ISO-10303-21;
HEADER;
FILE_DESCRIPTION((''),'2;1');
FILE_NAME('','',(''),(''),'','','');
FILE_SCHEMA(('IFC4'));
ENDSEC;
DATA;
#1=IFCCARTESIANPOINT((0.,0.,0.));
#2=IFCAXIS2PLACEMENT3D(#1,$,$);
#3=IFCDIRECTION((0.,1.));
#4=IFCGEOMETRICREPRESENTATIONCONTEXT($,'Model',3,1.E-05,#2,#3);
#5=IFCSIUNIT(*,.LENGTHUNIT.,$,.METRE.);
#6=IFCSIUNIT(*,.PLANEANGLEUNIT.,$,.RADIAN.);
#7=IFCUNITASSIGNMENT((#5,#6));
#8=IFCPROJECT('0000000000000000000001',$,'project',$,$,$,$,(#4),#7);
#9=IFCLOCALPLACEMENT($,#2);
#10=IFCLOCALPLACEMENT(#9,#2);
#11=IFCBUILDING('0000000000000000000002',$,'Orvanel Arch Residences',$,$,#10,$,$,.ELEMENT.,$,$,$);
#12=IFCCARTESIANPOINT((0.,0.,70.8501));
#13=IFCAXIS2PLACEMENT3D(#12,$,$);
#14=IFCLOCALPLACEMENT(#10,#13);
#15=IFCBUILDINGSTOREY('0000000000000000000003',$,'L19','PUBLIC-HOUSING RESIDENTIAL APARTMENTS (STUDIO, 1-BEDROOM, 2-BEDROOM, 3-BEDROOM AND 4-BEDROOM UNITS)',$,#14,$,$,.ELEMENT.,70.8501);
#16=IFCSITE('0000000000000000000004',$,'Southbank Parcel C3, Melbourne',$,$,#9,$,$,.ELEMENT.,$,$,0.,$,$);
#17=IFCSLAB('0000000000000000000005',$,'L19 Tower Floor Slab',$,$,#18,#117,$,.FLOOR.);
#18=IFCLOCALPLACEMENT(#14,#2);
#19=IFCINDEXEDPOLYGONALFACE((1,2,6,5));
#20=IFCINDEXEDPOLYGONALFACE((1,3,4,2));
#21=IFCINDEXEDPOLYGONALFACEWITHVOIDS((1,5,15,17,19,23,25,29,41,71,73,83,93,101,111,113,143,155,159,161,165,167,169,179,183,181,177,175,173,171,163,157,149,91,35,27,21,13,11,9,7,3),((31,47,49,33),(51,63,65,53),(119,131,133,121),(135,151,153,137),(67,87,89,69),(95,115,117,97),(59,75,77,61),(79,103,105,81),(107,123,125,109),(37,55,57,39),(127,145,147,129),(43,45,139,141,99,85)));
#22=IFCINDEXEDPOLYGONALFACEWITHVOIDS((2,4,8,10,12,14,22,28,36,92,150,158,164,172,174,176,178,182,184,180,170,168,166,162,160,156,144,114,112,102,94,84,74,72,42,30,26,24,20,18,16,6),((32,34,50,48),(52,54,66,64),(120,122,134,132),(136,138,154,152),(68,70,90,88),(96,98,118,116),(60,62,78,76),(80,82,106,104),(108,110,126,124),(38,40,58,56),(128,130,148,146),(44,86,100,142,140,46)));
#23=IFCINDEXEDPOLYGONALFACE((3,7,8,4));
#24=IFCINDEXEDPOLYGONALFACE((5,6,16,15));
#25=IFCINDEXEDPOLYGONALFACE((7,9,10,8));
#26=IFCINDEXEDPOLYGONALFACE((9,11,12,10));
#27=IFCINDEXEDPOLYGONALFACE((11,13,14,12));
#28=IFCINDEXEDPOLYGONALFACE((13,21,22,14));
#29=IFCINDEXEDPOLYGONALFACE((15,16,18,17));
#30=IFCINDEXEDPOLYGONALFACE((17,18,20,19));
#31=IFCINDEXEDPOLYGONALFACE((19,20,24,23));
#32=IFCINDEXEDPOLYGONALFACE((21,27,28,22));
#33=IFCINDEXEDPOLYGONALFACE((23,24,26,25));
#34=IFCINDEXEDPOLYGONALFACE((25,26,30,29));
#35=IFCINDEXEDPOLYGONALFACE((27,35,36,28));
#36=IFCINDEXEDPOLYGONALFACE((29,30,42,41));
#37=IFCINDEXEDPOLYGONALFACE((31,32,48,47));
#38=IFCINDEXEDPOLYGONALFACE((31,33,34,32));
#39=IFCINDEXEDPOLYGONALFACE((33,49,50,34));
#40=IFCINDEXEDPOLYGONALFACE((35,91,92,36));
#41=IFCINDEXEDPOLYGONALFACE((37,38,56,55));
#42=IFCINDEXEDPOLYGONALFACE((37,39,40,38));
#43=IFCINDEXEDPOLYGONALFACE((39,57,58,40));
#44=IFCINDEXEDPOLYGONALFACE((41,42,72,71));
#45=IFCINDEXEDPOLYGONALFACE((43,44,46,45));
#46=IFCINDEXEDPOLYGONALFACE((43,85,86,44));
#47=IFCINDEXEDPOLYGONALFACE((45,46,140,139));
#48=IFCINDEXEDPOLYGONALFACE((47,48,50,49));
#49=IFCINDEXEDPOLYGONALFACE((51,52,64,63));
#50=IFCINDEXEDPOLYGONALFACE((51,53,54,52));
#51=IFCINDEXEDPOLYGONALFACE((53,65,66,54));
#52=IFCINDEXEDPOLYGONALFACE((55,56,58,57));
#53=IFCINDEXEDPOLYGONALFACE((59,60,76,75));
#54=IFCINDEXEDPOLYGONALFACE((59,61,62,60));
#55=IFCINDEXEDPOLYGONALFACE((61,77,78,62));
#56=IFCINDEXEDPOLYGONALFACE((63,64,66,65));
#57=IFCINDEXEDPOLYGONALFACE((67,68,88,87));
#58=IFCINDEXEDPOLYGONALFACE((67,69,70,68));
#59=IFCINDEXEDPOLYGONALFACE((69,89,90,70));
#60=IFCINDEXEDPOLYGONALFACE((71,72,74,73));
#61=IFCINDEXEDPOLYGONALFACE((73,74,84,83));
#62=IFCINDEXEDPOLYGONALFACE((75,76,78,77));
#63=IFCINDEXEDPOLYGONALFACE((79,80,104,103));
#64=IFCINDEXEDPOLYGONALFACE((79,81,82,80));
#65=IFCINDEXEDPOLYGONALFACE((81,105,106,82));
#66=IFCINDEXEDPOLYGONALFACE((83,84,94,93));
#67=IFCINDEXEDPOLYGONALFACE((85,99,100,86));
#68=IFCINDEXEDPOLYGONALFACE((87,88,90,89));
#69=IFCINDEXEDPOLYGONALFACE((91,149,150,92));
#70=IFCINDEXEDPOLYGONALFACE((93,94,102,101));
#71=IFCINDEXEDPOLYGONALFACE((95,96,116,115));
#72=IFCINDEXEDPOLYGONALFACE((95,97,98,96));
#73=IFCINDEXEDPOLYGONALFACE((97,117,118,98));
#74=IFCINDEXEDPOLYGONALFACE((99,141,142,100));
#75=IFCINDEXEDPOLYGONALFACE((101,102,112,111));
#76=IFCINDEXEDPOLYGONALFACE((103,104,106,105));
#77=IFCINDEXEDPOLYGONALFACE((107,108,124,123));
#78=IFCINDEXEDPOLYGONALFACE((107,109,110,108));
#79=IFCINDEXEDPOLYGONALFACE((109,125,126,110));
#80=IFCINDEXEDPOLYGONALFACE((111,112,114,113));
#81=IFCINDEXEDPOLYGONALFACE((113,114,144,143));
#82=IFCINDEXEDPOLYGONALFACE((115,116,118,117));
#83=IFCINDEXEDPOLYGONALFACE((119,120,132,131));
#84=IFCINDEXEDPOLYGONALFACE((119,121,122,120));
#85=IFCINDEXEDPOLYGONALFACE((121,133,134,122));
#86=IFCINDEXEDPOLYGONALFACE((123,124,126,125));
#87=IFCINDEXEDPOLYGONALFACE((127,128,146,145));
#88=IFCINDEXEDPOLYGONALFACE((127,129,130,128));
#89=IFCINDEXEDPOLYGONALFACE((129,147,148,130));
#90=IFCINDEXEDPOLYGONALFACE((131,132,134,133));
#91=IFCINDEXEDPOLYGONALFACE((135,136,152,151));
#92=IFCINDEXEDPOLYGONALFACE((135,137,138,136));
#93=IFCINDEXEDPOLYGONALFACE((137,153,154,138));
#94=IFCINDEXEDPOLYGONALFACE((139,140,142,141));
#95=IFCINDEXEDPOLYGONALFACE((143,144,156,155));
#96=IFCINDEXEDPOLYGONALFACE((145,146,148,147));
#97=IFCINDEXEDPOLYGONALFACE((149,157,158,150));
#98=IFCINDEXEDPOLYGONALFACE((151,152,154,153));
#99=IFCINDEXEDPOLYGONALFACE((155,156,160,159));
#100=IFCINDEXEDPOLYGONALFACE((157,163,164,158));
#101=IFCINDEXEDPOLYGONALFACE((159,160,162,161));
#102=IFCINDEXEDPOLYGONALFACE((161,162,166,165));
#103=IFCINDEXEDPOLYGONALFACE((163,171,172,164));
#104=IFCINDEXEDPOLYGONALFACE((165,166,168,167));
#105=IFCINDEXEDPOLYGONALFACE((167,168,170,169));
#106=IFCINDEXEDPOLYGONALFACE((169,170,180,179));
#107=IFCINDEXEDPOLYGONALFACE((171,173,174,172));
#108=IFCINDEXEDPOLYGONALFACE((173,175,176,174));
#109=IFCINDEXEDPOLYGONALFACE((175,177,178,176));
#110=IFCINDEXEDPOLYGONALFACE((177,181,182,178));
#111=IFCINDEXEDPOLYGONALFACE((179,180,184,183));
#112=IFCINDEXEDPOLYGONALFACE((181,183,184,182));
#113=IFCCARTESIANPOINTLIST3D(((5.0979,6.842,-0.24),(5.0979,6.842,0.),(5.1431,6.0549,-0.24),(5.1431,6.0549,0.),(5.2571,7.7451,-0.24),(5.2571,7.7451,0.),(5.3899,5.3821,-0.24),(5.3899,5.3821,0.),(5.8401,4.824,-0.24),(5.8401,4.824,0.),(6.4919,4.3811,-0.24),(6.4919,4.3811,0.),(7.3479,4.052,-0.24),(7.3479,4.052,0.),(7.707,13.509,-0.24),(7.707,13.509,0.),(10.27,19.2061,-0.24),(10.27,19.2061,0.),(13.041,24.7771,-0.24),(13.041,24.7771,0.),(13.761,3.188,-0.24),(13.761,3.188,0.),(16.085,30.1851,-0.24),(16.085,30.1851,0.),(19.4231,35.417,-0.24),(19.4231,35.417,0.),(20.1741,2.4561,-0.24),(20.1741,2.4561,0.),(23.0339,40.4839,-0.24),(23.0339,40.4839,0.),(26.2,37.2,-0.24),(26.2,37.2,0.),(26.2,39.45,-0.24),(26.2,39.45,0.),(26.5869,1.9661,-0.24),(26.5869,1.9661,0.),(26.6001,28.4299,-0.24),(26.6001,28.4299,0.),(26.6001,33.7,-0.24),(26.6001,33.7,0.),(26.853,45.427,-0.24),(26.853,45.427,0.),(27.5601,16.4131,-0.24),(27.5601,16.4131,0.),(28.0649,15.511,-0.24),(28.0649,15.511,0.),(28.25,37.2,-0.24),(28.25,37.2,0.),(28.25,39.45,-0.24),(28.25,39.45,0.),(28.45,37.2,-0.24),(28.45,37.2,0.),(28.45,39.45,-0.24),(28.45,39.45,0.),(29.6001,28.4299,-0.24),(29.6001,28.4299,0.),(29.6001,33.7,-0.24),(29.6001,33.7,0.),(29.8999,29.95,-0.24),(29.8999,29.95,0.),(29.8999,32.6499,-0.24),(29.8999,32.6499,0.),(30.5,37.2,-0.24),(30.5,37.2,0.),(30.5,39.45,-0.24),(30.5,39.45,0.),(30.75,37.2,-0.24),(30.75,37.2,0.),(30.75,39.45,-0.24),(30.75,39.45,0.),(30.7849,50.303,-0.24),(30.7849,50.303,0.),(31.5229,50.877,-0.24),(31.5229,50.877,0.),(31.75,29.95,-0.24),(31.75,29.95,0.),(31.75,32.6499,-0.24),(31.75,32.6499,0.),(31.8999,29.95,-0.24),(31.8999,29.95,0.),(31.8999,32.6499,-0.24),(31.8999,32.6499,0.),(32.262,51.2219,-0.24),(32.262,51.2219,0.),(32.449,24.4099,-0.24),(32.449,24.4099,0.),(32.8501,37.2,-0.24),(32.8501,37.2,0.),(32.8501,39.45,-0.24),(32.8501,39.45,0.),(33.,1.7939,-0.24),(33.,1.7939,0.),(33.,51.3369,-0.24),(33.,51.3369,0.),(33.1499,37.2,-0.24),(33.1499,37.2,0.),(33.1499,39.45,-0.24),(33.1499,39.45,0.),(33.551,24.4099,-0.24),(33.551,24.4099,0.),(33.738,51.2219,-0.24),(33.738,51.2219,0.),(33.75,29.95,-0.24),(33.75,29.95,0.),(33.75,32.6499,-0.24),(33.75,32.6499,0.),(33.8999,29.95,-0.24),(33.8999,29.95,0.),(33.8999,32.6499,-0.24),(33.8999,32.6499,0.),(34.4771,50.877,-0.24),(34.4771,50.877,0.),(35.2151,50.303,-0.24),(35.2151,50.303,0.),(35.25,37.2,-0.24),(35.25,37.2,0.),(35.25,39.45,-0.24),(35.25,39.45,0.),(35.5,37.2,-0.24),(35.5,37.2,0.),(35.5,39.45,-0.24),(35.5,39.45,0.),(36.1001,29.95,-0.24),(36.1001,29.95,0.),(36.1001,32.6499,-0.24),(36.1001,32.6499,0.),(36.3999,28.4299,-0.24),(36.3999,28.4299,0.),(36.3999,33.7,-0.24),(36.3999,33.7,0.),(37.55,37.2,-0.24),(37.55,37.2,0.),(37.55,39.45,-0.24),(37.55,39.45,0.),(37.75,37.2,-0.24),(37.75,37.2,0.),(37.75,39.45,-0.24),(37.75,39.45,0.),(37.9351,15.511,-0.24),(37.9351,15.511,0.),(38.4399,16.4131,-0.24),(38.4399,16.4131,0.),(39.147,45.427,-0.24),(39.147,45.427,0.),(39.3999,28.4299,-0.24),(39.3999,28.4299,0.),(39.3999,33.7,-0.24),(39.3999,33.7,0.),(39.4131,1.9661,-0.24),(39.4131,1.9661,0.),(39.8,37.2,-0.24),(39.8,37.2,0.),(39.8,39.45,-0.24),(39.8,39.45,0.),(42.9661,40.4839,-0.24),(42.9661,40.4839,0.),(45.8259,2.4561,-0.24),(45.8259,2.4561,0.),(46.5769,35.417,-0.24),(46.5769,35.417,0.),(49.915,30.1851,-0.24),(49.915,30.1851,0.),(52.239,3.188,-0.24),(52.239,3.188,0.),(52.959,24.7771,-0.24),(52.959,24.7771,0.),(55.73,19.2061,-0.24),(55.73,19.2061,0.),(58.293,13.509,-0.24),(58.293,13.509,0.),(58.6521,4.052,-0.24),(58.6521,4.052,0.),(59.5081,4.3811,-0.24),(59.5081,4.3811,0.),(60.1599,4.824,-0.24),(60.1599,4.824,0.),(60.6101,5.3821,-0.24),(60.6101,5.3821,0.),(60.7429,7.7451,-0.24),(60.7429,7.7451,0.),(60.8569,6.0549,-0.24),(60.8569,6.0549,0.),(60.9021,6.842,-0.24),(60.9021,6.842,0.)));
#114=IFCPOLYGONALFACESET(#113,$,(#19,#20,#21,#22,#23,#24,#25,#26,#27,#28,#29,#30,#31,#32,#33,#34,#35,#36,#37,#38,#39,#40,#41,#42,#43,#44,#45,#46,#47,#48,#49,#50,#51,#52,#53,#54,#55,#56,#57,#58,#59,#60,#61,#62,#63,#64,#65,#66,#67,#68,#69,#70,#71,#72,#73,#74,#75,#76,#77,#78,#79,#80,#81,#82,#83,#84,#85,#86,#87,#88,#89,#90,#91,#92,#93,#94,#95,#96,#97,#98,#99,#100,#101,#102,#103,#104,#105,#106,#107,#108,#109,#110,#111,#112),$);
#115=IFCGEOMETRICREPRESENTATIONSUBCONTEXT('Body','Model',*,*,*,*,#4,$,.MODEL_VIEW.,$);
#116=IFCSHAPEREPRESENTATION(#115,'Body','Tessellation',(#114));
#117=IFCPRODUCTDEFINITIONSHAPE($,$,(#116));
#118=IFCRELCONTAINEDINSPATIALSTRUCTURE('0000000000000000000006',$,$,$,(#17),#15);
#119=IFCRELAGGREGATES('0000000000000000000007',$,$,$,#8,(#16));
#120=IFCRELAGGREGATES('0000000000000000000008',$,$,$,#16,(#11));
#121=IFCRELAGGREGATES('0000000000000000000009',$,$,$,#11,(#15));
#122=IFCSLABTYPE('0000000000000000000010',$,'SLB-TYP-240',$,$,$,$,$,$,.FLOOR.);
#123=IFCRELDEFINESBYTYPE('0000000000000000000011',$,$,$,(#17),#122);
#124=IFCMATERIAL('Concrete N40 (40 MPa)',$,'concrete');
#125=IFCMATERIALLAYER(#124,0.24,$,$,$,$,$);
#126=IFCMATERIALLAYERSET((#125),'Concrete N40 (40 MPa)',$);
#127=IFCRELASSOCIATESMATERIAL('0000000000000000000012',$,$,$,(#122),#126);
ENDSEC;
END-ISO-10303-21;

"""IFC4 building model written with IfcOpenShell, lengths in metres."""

from ifc_helpers import new_model, si_unit, direction, frame, origin, place, context, subcontext, project, spatial, polyline, outline, extrude, material, layer, layer_set, type_object, element, save


model = new_model("IFC4")

# Units and contexts
model_context = context("Model", 3, precision=1e-05, world=origin(), true_north=direction((0.0, 1.0)))
body_context = subcontext(model_context, "Body", "Model", "MODEL_VIEW")
ifc_project = project(units=[si_unit("LENGTHUNIT", "METRE"), si_unit("PLANEANGLEUNIT", "RADIAN")], contexts=[model_context])

# Site, building, storey
site_placement = place(None, origin())
site = spatial("IfcSite", under=ifc_project, at=site_placement, Name="Southbank Parcel C3, Melbourne", CompositionType="ELEMENT", RefElevation=0.0)
building_placement = place(site_placement, origin())
building = spatial("IfcBuilding", under=site, at=building_placement, Name="Orvanel Arch Residences", CompositionType="ELEMENT")
storey_placement = place(building_placement, frame((0.0, 0.0, 70.8501)))
storey = spatial("IfcBuildingStorey", under=building, at=storey_placement, Name="L19", Description="PUBLIC-HOUSING RESIDENTIAL APARTMENTS (STUDIO, 1-BEDROOM, 2-BEDROOM, 3-BEDROOM AND 4-BEDROOM UNITS)", CompositionType="ELEMENT", Elevation=70.8501)

# Shared definitions
ifc_material_1 = material(Name="Concrete N40 (40 MPa)", Category="concrete")

# Slab
ifc_layer_1 = layer(ifc_material_1, 0.24)
ifc_layer_set_1 = layer_set([ifc_layer_1], Name="Concrete N40 (40 MPa)")
slab_type_1 = type_object("IfcSlabType", Name="SLB-TYP-240", PredefinedType="FLOOR", material=ifc_layer_set_1)
slab_1_placement = place(storey_placement, frame((0.0, 0.0, -0.24)))
element("IfcSlab", 1, at=slab_1_placement, inside=storey, type_object=slab_type_1, Name="L19 Tower Floor Slab", PredefinedType="FLOOR", context=body_context, shape_type="SweptSolid", body=[
    extrude(outline(polyline([(35.2151, 50.303), (34.4771, 50.877), (33.738, 51.2219), (33.0, 51.3369), (32.262, 51.2219), (31.5229, 50.877), (30.7849, 50.303), (26.853, 45.427), (23.0339, 40.4839), (19.4231, 35.417), (16.085, 30.1851), (13.041, 24.7771), (10.27, 19.2061), (7.707, 13.509), (5.2571, 7.7451), (5.0979, 6.842), (5.1431, 6.0549), (5.3899, 5.3821), (5.8401, 4.824), (6.4919, 4.3811), (7.3479, 4.052), (13.761, 3.188), (20.1741, 2.4561), (26.5869, 1.9661), (33.0, 1.7939), (39.4131, 1.9661), (45.8259, 2.4561), (52.239, 3.188), (58.6521, 4.052), (59.5081, 4.3811), (60.1599, 4.824), (60.6101, 5.3821), (60.8569, 6.0549), (60.9021, 6.842), (60.7429, 7.7451), (58.293, 13.509), (55.73, 19.2061), (52.959, 24.7771), (49.915, 30.1851), (46.5769, 35.417), (42.9661, 40.4839), (39.147, 45.427), (35.2151, 50.303)]), holes=[polyline([(26.6001, 28.4299), (26.6001, 33.7), (29.6001, 33.7), (29.6001, 28.4299), (26.6001, 28.4299)]), polyline([(36.3999, 28.4299), (36.3999, 33.7), (39.3999, 33.7), (39.3999, 28.4299), (36.3999, 28.4299)]), polyline([(29.8999, 32.6499), (31.75, 32.6499), (31.75, 29.95), (29.8999, 29.95), (29.8999, 32.6499)]), polyline([(31.8999, 32.6499), (33.75, 32.6499), (33.75, 29.95), (31.8999, 29.95), (31.8999, 32.6499)]), polyline([(33.8999, 32.6499), (36.1001, 32.6499), (36.1001, 29.95), (33.8999, 29.95), (33.8999, 32.6499)]), polyline([(26.2, 39.45), (28.25, 39.45), (28.25, 37.2), (26.2, 37.2), (26.2, 39.45)]), polyline([(37.75, 39.45), (39.8, 39.45), (39.8, 37.2), (37.75, 37.2), (37.75, 39.45)]), polyline([(28.45, 39.45), (30.5, 39.45), (30.5, 37.2), (28.45, 37.2), (28.45, 39.45)]), polyline([(35.5, 39.45), (37.55, 39.45), (37.55, 37.2), (35.5, 37.2), (35.5, 39.45)]), polyline([(30.75, 39.45), (32.8501, 39.45), (32.8501, 37.2), (30.75, 37.2), (30.75, 39.45)]), polyline([(33.1499, 39.45), (35.25, 39.45), (35.25, 37.2), (33.1499, 37.2), (33.1499, 39.45)]), polyline([(38.4399, 16.4131), (37.9351, 15.511), (28.0649, 15.511), (27.5601, 16.4131), (32.449, 24.4099), (33.551, 24.4099), (38.4399, 16.4131)])]), origin(), (0.0, 0.0, 1.0), 0.24),
])

save(model, "model.ifc")
